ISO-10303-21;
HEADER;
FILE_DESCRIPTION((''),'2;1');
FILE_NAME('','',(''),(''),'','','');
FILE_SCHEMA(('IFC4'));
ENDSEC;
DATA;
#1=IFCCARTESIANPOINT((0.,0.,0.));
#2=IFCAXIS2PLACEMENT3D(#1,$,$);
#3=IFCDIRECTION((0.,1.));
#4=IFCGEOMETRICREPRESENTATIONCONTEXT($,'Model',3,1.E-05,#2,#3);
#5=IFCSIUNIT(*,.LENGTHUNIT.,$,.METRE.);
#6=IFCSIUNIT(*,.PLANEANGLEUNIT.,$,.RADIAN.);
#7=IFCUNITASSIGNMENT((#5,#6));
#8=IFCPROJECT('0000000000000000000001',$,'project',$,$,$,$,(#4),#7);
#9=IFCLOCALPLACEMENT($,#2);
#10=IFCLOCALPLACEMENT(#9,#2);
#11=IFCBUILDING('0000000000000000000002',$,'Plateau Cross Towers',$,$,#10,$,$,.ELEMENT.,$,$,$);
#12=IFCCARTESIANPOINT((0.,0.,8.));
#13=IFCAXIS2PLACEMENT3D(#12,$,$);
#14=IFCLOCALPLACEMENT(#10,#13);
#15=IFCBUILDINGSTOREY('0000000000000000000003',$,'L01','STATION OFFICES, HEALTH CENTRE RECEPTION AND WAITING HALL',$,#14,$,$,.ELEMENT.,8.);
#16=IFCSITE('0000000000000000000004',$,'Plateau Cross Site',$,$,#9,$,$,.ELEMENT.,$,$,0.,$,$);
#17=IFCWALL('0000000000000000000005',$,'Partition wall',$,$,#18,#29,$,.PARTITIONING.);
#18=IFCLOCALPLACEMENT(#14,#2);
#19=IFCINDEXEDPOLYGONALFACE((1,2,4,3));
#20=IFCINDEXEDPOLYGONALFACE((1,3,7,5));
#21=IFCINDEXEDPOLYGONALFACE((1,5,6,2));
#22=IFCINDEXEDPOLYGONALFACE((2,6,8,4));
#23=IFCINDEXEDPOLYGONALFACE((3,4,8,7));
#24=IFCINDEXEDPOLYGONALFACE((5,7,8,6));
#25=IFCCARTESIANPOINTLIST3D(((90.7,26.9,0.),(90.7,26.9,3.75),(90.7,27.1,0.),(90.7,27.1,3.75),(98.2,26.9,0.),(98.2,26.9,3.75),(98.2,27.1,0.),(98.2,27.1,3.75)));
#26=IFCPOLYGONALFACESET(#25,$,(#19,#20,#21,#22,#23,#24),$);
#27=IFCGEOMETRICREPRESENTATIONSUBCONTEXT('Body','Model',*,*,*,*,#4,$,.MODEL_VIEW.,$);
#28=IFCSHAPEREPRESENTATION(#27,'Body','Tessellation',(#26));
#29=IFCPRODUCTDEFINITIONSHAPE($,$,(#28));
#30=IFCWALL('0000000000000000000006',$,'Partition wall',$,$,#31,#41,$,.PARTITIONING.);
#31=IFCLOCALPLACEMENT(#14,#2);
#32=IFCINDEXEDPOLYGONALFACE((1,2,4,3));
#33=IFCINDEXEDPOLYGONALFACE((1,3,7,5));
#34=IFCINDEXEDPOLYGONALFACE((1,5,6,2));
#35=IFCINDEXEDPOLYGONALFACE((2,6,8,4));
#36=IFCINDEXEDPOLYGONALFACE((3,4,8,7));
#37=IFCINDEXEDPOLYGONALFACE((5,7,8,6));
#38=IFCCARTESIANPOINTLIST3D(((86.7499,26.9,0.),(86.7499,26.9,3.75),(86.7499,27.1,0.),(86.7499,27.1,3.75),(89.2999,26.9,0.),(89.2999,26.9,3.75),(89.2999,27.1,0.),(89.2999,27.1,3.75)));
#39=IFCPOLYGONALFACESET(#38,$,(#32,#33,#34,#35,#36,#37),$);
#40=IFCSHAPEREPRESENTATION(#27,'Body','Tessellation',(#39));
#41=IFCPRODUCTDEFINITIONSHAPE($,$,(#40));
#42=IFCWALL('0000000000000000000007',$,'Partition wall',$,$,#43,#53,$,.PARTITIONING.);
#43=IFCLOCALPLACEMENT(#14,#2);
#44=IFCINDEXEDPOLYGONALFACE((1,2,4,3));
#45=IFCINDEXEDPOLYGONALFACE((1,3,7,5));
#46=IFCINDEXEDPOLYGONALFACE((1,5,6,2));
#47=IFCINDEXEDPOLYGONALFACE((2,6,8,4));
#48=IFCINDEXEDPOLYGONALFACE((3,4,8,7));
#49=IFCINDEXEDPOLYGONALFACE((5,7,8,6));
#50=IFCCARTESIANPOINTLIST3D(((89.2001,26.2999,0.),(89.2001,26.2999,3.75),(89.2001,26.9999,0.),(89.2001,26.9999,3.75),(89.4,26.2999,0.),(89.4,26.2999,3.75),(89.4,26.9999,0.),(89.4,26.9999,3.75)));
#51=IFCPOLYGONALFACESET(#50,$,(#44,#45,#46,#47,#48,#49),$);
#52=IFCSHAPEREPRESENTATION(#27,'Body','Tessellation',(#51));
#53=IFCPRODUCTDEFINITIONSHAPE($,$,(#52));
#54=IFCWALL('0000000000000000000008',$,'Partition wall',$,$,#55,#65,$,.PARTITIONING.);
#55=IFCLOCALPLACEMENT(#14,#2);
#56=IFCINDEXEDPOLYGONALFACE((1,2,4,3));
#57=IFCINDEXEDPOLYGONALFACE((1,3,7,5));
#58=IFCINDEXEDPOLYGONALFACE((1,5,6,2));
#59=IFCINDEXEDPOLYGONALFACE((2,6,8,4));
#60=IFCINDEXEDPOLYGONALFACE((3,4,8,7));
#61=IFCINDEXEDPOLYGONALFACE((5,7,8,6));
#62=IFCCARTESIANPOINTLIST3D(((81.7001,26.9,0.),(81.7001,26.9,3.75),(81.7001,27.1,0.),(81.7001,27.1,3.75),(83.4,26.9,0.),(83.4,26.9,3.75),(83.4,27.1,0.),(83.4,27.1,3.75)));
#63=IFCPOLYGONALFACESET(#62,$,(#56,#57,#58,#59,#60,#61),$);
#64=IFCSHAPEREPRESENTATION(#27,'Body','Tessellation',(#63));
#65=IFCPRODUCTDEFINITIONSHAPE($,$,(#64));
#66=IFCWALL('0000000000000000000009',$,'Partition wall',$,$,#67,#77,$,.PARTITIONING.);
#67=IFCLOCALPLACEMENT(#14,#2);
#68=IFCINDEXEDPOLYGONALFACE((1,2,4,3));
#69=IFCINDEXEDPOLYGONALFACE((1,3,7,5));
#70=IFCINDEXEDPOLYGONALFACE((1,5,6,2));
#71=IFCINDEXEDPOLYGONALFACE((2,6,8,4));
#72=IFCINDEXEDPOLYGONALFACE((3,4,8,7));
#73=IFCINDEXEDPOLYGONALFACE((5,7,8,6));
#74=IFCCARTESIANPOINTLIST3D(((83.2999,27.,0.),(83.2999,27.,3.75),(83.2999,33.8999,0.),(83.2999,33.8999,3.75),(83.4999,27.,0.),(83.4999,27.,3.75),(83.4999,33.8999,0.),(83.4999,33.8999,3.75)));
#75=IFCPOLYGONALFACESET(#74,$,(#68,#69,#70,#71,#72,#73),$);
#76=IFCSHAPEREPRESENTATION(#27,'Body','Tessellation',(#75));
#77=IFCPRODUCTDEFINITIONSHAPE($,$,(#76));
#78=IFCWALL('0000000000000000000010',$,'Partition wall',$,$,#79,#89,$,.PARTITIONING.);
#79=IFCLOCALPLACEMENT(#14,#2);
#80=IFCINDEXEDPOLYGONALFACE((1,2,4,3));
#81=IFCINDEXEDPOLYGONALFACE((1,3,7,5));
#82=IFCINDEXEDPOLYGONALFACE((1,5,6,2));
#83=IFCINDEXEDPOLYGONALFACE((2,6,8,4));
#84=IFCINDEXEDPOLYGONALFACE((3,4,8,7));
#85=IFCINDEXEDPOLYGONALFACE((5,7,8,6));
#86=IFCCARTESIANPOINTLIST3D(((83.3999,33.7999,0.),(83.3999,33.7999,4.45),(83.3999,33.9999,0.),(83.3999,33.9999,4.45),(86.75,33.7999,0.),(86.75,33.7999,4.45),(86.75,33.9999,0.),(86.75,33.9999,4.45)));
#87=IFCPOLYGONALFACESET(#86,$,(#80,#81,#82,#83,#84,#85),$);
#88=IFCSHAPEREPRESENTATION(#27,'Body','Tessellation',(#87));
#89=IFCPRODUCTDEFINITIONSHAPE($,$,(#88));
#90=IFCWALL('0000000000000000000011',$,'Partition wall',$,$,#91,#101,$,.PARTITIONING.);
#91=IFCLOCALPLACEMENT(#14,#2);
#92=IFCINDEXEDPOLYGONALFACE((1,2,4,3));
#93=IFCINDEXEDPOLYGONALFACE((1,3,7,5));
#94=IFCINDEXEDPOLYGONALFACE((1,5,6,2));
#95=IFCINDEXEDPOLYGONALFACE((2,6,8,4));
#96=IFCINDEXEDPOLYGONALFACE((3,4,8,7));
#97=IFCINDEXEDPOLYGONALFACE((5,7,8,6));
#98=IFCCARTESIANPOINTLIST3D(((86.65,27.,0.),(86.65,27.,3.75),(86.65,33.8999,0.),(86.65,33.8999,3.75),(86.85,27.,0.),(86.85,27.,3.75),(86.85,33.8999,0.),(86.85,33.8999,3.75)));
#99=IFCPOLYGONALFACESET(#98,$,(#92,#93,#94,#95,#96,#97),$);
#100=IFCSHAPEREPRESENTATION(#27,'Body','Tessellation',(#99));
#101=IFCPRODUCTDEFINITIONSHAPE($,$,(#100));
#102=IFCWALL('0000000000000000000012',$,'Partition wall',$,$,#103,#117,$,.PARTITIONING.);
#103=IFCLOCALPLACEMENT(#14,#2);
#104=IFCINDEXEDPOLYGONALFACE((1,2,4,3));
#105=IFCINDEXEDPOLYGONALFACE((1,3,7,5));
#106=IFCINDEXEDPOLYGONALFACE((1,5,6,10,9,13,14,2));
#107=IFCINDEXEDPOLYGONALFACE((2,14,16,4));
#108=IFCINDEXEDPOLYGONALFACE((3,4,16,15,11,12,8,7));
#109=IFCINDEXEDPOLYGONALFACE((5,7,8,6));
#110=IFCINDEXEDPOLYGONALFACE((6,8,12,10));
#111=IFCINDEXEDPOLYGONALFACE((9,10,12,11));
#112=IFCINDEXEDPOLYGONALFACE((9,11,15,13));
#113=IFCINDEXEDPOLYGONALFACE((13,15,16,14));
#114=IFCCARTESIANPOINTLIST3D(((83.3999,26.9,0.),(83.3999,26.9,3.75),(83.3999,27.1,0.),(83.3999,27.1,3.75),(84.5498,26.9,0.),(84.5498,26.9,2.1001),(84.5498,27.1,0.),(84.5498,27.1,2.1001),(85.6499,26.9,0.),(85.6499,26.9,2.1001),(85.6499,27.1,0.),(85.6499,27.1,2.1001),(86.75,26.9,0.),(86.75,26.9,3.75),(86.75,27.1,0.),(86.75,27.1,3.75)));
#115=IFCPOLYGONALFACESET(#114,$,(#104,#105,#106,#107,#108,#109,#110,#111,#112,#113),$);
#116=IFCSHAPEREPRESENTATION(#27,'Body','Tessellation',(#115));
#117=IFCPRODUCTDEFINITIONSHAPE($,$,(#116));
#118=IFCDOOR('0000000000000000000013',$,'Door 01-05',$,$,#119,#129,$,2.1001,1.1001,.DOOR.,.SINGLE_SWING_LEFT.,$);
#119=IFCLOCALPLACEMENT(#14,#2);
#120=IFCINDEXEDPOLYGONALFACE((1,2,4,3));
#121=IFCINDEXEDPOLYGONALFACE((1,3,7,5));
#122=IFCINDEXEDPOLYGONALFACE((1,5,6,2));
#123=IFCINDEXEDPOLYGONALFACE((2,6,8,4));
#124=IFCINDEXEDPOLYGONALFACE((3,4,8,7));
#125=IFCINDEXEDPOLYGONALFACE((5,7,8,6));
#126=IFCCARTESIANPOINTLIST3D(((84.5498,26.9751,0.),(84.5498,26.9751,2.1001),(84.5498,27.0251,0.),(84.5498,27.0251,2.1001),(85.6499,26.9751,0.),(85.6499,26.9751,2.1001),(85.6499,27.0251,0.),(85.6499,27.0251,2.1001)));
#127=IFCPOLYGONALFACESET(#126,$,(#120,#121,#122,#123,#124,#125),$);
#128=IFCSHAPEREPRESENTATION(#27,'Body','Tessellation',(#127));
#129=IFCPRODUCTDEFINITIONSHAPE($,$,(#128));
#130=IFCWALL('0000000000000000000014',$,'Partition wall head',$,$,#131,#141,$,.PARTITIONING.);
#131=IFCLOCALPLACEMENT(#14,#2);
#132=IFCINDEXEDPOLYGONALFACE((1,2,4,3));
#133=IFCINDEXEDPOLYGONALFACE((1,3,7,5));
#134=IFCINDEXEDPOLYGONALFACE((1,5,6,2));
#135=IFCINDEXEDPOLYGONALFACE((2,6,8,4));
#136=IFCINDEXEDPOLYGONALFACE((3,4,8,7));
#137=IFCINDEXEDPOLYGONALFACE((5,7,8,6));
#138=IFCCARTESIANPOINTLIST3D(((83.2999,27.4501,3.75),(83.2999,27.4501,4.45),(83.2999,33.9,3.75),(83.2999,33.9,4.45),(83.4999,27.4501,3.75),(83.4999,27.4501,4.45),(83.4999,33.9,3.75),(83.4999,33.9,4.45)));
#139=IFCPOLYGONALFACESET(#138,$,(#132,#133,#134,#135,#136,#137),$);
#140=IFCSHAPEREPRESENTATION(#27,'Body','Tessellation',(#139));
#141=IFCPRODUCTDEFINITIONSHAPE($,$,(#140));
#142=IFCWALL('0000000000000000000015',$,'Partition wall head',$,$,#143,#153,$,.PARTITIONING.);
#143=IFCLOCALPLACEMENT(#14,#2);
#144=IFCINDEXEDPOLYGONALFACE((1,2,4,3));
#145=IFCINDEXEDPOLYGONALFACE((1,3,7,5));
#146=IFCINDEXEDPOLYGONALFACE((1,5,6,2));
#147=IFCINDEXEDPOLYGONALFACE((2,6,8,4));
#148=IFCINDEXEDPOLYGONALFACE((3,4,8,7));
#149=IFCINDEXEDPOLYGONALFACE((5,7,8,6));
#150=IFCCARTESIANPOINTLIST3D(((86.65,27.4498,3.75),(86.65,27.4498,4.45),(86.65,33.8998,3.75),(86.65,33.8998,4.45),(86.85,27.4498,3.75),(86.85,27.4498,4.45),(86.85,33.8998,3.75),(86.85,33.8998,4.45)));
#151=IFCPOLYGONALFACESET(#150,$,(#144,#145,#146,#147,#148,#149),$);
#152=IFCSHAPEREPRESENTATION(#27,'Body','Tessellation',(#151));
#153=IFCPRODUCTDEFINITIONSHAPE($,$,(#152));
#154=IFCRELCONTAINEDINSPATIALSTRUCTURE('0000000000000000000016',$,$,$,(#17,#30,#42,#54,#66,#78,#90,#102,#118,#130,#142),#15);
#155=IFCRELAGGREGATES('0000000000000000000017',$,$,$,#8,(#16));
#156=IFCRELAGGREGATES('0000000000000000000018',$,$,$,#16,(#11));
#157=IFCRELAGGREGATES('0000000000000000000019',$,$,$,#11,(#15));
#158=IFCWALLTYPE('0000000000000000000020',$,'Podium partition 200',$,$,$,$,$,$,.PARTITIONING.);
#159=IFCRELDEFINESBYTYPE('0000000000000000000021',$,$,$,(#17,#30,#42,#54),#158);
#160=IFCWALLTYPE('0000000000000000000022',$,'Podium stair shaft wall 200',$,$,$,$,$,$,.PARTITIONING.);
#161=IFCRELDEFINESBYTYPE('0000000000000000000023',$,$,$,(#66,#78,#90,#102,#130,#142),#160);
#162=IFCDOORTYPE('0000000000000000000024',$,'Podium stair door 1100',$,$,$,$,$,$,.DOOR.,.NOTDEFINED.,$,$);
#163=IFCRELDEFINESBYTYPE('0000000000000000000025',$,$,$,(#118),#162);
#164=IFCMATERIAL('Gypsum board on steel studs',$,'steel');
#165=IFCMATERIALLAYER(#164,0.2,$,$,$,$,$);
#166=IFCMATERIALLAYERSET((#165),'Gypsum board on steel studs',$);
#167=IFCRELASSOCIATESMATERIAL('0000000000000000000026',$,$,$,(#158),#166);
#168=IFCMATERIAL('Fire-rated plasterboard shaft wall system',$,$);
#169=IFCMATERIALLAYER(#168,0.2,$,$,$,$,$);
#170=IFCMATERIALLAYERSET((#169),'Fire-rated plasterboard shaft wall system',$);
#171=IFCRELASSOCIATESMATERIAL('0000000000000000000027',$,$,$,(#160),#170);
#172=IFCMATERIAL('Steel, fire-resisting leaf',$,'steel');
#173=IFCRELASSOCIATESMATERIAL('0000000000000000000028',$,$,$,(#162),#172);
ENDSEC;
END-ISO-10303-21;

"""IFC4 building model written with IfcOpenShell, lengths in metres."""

from ifc_helpers import new_model, si_unit, direction, frame, frame_2d, origin, place, context, subcontext, project, spatial, rectangle, extrude, material, layer, layer_set, type_object, element, fill, save


model = new_model("IFC4")

# Units and contexts
model_context = context("Model", 3, precision=1e-05, world=origin(), true_north=direction((0.0, 1.0)))
body_context = subcontext(model_context, "Body", "Model", "MODEL_VIEW")
ifc_project = project(units=[si_unit("LENGTHUNIT", "METRE"), si_unit("PLANEANGLEUNIT", "RADIAN")], contexts=[model_context])

# Site, building, storey
site_placement = place(None, origin())
site = spatial("IfcSite", under=ifc_project, at=site_placement, Name="Plateau Cross Site", CompositionType="ELEMENT", RefElevation=0.0)
building_placement = place(site_placement, origin())
building = spatial("IfcBuilding", under=site, at=building_placement, Name="Plateau Cross Towers", CompositionType="ELEMENT")
storey_placement = place(building_placement, frame((0.0, 0.0, 8.0)))
storey = spatial("IfcBuildingStorey", under=building, at=storey_placement, Name="L01", Description="STATION OFFICES, HEALTH CENTRE RECEPTION AND WAITING HALL", CompositionType="ELEMENT", Elevation=8.0)

# Shared definitions
ifc_material_1 = material(Name="Gypsum board on steel studs", Category="steel")
ifc_layer_1 = layer(ifc_material_1, 0.2)
ifc_layer_set_1 = layer_set([ifc_layer_1], Name="Gypsum board on steel studs")
wall_type_1 = type_object("IfcWallType", Name="Podium partition 200", PredefinedType="PARTITIONING", material=ifc_layer_set_1)

# Walls
wall_1_placement = place(storey_placement, frame((90.7, 27.0, 0.0), z_axis=(0.0, 0.0, 1.0), x_axis=(1.0, 0.0, 0.0)))
element("IfcWall", 1, at=wall_1_placement, inside=storey, type_object=wall_type_1, Name="Partition wall", PredefinedType="PARTITIONING", context=body_context, shape_type="SweptSolid", body=[
    extrude(rectangle(XDim=7.5, YDim=0.2, at=frame_2d((3.75, 0.0))), origin(), (0.0, 0.0, 1.0), 3.75),
])
wall_2_placement = place(storey_placement, frame((86.75, 27.0, 0.0), z_axis=(0.0, 0.0, 1.0), x_axis=(1.0, 0.0, 0.0)))
element("IfcWall", 2, at=wall_2_placement, inside=storey, type_object=wall_type_1, Name="Partition wall", PredefinedType="PARTITIONING", context=body_context, shape_type="SweptSolid", body=[
    extrude(rectangle(XDim=2.55, YDim=0.2, at=frame_2d((1.2749, 0.0))), origin(), (0.0, 0.0, 1.0), 3.75),
])
wall_3_placement = place(storey_placement, frame((89.3, 27.0, 0.0), z_axis=(0.0, 0.0, 1.0), x_axis=(0.0, -1.0, 0.0)))
element("IfcWall", 3, at=wall_3_placement, inside=storey, type_object=wall_type_1, Name="Partition wall", PredefinedType="PARTITIONING", context=body_context, shape_type="SweptSolid", body=[
    extrude(rectangle(XDim=0.7, YDim=0.2, at=frame_2d((0.3501, 0.0))), origin(), (0.0, 0.0, 1.0), 3.75),
])
wall_4_placement = place(storey_placement, frame((81.7, 27.0, 0.0), z_axis=(0.0, 0.0, 1.0), x_axis=(1.0, 0.0, 0.0)))
element("IfcWall", 4, at=wall_4_placement, inside=storey, type_object=wall_type_1, Name="Partition wall", PredefinedType="PARTITIONING", context=body_context, shape_type="SweptSolid", body=[
    extrude(rectangle(XDim=1.7, YDim=0.2, at=frame_2d((0.8501, 0.0))), origin(), (0.0, 0.0, 1.0), 3.75),
])
ifc_material_2 = material(Name="Fire-rated plasterboard shaft wall system")
ifc_layer_2 = layer(ifc_material_2, 0.2)
ifc_layer_set_2 = layer_set([ifc_layer_2], Name="Fire-rated plasterboard shaft wall system")
wall_type_2 = type_object("IfcWallType", Name="Podium stair shaft wall 200", PredefinedType="PARTITIONING", material=ifc_layer_set_2)
wall_5_placement = place(storey_placement, frame((83.3999, 27.0, 0.0), z_axis=(0.0, 0.0, 1.0), x_axis=(0.0, 1.0, 0.0)))
element("IfcWall", 5, at=wall_5_placement, inside=storey, type_object=wall_type_2, Name="Partition wall", PredefinedType="PARTITIONING", context=body_context, shape_type="SweptSolid", body=[
    extrude(rectangle(XDim=6.8999, YDim=0.2, at=frame_2d((3.45, 0.0))), origin(), (0.0, 0.0, 1.0), 3.75),
])
wall_6_placement = place(storey_placement, frame((83.3999, 33.8999, 0.0), z_axis=(0.0, 0.0, 1.0), x_axis=(1.0, 0.0, 0.0)))
element("IfcWall", 6, at=wall_6_placement, inside=storey, type_object=wall_type_2, Name="Partition wall", PredefinedType="PARTITIONING", context=body_context, shape_type="SweptSolid", body=[
    extrude(rectangle(XDim=3.3501, YDim=0.2, at=frame_2d((1.675, 0.0))), origin(), (0.0, 0.0, 1.0), 4.45),
])
wall_7_placement = place(storey_placement, frame((86.75, 33.8999, 0.0), z_axis=(0.0, 0.0, 1.0), x_axis=(0.0, -1.0, 0.0)))
element("IfcWall", 7, at=wall_7_placement, inside=storey, type_object=wall_type_2, Name="Partition wall", PredefinedType="PARTITIONING", context=body_context, shape_type="SweptSolid", body=[
    extrude(rectangle(XDim=6.8999, YDim=0.2, at=frame_2d((3.45, 0.0))), origin(), (0.0, 0.0, 1.0), 3.75),
])

# Wall, opening, door
wall_8_placement = place(storey_placement, frame((86.75, 27.0, 0.0), z_axis=(0.0, 0.0, 1.0), x_axis=(-1.0, 0.0, 0.0)))
wall_8 = element("IfcWall", 8, at=wall_8_placement, inside=storey, type_object=wall_type_2, Name="Partition wall", PredefinedType="PARTITIONING", context=body_context, shape_type="SweptSolid", body=[
    extrude(rectangle(XDim=3.3501, YDim=0.2, at=frame_2d((1.675, 0.0))), origin(), (0.0, 0.0, 1.0), 3.75),
])
opening_1_placement = place(wall_8_placement, frame((1.1001, 0.0, 0.0)))
opening_1 = element("IfcOpeningElement", 9, at=opening_1_placement, cuts=wall_8, PredefinedType="OPENING", context=body_context, shape_type="SweptSolid", body=[
    extrude(rectangle(XDim=1.1001, YDim=2.1001, at=frame_2d((0.55, 1.05))), frame((0.0, 0.1099, 0.0), z_axis=(0.0, -1.0, 0.0), x_axis=(1.0, 0.0, 0.0)), (0.0, 0.0, 1.0), 0.22),
])
ifc_material_3 = material(Name="Steel, fire-resisting leaf", Category="steel")
door_type_1 = type_object("IfcDoorType", Name="Podium stair door 1100", OperationType="NOTDEFINED", PredefinedType="DOOR", material=ifc_material_3)
door_1_placement = place(opening_1_placement, origin())
door_1 = element("IfcDoor", 10, at=door_1_placement, inside=storey, type_object=door_type_1, Name="Door 01-05", OperationType="SINGLE_SWING_LEFT", OverallHeight=2.1001, OverallWidth=1.1001, PredefinedType="DOOR", context=body_context, shape_type="SweptSolid", body=[
    extrude(rectangle(XDim=1.1001, YDim=2.1001, at=frame_2d((0.55, 1.05))), frame((0.0, 0.0249, 0.0), z_axis=(0.0, -1.0, 0.0), x_axis=(1.0, 0.0, 0.0)), (0.0, 0.0, 1.0), 0.05),
])
fill(opening_1, door_1)

# Walls
for number, where, z_axis, x_axis, name in (
    (11, (83.3999, 27.45, 3.75), (0.0, 0.0, 1.0), (0.0, 1.0, 0.0), "Partition wall head"),
    (12, (86.75, 33.8999, 3.75), (0.0, 0.0, 1.0), (0.0, -1.0, 0.0), "Partition wall head"),
):
    element("IfcWall", number, at=place(storey_placement, frame(where, z_axis=z_axis, x_axis=x_axis)), inside=storey, type_object=wall_type_2, Name=name, PredefinedType="PARTITIONING", context=body_context, shape_type="SweptSolid", body=[
        extrude(rectangle(XDim=6.45, YDim=0.2, at=frame_2d((3.2251, 0.0))), origin(), (0.0, 0.0, 1.0), 0.7),
    ])

save(model, "model.ifc")
